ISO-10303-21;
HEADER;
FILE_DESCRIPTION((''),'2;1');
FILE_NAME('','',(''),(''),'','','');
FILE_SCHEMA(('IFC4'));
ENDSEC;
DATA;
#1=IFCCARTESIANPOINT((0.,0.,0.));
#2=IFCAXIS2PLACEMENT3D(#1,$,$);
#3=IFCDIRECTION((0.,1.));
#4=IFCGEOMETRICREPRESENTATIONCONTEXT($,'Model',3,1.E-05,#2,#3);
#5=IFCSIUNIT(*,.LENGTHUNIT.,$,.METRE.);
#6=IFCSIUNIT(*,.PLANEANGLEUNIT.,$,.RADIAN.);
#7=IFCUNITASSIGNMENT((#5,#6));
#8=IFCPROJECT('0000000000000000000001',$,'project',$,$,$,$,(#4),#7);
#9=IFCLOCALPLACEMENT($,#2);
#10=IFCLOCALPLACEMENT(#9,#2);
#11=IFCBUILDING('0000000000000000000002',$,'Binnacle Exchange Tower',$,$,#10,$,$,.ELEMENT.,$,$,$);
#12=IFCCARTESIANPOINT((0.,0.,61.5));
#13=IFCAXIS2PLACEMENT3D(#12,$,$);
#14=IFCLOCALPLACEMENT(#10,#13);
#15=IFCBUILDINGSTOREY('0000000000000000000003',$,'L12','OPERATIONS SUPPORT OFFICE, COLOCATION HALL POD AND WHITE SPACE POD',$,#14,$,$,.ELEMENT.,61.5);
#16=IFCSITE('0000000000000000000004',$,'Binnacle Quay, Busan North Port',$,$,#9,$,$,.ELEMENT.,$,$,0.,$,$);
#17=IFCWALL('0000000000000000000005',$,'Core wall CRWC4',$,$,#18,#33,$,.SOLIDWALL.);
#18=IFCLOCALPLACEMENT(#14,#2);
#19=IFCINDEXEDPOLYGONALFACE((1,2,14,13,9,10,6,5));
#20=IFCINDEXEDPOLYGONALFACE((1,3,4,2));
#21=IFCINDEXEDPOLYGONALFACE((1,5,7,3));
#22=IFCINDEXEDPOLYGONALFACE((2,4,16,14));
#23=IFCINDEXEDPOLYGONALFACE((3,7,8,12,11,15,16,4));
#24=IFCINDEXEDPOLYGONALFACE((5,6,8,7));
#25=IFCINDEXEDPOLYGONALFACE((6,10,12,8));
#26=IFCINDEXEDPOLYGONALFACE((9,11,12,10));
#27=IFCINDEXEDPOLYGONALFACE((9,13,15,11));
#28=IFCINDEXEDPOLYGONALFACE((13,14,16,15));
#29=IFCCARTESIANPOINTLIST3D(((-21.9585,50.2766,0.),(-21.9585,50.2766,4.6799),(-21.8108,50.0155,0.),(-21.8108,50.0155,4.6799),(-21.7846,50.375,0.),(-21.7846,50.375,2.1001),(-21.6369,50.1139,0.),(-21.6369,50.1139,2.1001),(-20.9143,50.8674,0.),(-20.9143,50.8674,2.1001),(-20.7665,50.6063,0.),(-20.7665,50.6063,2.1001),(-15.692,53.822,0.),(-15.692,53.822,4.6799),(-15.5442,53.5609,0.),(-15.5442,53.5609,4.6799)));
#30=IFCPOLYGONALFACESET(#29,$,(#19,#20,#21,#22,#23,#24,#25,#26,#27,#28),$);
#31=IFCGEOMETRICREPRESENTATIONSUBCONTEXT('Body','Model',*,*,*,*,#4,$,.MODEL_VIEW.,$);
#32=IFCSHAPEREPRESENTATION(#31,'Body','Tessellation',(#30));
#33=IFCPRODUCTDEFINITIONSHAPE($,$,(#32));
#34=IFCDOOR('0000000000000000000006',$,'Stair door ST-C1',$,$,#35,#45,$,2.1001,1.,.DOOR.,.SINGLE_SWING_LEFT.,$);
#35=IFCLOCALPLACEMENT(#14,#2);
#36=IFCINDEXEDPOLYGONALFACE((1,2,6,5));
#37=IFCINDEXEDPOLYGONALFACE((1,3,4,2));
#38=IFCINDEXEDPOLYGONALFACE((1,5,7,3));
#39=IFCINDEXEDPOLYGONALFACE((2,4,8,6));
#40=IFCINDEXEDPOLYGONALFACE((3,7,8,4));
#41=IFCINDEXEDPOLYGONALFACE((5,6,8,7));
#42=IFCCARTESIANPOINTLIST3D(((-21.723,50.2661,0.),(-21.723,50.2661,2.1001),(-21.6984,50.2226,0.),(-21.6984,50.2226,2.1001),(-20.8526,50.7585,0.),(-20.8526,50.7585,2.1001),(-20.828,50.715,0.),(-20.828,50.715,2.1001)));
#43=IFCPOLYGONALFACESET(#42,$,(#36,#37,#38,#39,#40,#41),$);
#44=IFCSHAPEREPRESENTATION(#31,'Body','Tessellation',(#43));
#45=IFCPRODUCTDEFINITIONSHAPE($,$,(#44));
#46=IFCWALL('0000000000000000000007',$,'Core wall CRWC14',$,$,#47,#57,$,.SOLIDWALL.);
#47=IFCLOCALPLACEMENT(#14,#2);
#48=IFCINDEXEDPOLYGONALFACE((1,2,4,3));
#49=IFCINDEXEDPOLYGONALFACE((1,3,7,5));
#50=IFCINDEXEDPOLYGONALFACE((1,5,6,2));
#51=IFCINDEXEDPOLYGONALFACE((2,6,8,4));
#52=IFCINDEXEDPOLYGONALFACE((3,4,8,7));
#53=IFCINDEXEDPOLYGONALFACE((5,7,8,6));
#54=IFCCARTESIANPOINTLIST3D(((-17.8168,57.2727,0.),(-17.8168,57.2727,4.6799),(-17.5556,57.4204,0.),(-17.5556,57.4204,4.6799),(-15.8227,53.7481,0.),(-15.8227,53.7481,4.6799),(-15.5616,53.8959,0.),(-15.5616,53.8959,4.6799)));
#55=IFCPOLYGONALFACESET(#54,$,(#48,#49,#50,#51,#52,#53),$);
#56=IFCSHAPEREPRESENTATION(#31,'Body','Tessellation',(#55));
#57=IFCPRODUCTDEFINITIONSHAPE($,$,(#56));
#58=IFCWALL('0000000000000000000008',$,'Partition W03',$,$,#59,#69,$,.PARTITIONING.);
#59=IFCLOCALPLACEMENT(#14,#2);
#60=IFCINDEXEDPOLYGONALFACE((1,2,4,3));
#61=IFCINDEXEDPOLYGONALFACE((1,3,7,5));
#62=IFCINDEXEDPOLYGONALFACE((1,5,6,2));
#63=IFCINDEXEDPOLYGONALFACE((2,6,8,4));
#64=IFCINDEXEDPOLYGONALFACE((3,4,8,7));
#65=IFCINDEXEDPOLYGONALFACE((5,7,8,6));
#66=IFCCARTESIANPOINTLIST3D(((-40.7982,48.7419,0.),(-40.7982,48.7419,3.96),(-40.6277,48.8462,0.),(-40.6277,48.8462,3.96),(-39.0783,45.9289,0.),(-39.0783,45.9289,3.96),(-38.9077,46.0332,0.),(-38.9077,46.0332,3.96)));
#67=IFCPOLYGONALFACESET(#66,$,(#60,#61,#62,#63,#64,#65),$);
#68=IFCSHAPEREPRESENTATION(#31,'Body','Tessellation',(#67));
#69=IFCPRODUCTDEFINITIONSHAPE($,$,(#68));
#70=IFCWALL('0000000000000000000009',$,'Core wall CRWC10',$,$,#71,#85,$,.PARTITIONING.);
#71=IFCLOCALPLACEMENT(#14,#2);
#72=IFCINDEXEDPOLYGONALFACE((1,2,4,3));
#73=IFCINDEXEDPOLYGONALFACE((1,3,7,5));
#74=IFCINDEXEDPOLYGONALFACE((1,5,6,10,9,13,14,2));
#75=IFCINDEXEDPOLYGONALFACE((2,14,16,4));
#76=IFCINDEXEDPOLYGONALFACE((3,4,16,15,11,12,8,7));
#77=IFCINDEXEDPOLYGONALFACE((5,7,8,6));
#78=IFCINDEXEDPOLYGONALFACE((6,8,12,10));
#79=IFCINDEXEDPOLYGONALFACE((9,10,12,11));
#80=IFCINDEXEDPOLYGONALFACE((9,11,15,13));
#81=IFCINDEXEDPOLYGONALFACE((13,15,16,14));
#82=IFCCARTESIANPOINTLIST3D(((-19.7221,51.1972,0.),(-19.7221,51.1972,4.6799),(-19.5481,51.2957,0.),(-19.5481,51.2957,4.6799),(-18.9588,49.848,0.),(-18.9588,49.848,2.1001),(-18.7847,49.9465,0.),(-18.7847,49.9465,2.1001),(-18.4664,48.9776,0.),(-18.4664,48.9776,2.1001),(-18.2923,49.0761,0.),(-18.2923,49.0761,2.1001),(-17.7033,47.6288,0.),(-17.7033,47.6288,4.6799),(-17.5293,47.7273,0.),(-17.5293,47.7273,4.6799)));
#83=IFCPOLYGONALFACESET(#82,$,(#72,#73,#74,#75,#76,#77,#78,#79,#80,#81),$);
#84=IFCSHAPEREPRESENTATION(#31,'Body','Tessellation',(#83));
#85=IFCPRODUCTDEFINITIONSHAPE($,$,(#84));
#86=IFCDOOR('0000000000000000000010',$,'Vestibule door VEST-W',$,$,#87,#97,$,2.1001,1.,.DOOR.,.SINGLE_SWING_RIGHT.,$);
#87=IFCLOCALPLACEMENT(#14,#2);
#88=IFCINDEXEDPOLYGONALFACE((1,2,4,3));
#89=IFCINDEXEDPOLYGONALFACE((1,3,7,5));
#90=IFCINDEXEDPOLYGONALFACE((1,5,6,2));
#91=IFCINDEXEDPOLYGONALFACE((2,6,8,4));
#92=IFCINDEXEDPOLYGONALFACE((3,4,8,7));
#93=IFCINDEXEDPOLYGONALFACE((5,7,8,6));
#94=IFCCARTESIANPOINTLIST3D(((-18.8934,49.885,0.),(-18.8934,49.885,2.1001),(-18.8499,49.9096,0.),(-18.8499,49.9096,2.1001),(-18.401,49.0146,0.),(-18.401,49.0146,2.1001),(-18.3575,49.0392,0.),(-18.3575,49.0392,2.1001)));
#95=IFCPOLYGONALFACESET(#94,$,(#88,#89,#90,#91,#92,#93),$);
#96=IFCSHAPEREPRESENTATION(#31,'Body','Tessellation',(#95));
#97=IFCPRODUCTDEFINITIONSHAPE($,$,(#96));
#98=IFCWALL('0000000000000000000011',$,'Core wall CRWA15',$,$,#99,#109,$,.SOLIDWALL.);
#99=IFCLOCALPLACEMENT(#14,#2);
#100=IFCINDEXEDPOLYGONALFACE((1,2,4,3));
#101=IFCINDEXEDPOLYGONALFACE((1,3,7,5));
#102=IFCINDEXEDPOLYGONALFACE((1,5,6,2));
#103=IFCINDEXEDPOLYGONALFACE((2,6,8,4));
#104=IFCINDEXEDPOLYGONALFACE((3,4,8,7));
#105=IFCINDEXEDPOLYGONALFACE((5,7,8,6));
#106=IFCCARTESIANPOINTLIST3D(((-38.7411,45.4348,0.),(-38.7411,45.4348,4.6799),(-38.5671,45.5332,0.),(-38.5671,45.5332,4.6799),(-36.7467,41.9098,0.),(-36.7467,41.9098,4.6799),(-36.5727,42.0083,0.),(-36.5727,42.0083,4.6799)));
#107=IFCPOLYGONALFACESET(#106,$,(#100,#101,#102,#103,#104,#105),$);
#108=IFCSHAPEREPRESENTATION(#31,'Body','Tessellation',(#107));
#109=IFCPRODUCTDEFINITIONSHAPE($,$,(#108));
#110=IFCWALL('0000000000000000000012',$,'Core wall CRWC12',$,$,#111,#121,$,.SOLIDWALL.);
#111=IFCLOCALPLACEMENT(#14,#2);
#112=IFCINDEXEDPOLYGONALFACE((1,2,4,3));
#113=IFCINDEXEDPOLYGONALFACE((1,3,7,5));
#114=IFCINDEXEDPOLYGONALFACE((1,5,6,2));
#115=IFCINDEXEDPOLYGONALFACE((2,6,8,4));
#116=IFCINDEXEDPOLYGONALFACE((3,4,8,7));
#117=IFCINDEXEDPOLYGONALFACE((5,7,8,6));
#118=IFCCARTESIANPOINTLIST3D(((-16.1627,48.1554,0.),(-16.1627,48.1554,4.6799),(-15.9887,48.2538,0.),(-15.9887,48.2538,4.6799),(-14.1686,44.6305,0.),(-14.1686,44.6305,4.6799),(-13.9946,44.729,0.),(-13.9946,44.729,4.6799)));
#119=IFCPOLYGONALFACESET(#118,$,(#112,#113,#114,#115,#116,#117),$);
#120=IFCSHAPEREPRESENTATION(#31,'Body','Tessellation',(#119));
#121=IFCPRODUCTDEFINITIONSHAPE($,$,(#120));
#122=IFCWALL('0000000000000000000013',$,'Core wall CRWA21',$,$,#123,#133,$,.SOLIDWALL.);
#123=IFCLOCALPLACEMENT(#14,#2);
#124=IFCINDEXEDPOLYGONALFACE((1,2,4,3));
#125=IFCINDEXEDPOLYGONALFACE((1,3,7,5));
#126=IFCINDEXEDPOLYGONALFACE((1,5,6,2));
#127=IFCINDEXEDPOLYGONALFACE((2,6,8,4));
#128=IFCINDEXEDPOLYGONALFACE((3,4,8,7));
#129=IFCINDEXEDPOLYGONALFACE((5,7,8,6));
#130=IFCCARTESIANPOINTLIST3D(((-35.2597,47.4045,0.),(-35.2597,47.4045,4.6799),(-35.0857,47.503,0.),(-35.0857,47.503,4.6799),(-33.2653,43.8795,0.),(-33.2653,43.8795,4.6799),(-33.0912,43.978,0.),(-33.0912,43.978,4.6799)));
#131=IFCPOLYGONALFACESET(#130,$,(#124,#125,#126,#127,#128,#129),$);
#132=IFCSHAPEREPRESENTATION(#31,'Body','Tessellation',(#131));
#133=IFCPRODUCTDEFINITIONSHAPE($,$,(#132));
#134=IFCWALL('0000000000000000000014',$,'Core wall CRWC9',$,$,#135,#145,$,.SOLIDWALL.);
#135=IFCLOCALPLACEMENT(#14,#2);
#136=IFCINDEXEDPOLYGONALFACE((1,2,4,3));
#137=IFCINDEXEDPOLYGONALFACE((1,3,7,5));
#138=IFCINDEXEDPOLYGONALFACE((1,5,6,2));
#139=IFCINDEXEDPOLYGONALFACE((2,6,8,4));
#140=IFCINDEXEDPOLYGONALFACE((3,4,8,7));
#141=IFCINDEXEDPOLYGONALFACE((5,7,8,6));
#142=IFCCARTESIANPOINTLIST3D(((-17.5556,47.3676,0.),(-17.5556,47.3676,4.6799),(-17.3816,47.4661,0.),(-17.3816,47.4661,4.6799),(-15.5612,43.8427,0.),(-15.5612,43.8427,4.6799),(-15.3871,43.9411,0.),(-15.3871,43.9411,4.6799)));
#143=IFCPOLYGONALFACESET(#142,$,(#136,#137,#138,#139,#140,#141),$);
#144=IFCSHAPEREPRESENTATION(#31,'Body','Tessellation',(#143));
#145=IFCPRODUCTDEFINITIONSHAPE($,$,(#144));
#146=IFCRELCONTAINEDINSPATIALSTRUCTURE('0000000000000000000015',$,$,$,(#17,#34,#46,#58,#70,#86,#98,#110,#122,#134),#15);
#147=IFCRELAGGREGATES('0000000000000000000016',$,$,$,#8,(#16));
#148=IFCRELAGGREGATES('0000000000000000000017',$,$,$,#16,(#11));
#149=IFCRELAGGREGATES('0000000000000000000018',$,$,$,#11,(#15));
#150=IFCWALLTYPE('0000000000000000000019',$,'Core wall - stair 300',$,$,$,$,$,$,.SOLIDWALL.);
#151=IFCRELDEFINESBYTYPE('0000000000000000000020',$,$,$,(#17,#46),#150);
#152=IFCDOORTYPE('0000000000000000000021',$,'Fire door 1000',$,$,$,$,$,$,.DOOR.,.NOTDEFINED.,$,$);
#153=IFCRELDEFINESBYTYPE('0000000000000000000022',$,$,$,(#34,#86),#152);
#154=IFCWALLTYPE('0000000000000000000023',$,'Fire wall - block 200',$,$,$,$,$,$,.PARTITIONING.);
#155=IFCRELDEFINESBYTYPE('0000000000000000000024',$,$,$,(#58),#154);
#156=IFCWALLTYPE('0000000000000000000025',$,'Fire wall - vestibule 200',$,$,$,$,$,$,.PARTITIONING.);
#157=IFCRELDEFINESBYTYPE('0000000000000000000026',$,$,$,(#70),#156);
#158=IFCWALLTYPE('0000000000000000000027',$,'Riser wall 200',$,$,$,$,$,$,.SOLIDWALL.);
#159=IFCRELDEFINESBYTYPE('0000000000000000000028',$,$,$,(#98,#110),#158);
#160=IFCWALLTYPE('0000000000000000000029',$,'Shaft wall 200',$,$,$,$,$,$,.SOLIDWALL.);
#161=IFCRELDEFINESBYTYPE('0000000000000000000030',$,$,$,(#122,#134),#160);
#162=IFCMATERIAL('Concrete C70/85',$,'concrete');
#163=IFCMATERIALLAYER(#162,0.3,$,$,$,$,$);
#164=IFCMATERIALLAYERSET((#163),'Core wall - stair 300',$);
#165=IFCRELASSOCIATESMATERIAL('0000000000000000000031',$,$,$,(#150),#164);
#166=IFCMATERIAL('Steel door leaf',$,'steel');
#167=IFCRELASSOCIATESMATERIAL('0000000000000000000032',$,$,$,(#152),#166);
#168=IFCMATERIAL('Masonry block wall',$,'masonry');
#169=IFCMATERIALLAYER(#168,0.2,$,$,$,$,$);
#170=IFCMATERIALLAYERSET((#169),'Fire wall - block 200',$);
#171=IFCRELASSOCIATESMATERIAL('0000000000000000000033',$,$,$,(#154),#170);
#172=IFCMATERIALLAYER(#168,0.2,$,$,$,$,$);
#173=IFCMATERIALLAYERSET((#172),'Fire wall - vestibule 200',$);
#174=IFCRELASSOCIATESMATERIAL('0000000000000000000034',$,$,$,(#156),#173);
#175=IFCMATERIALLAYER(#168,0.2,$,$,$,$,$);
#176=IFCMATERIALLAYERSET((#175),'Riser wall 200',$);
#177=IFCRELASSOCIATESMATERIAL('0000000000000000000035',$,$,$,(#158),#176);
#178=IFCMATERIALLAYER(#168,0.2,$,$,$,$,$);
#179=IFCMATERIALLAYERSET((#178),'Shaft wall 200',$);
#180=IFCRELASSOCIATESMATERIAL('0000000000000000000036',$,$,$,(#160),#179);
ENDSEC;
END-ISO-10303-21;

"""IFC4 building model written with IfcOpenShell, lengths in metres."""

from ifc_helpers import new_model, si_unit, direction, frame, frame_2d, origin, place, context, subcontext, project, spatial, rectangle, extrude, material, layer, layer_set, type_object, element, fill, save


model = new_model("IFC4")

# Units and contexts
model_context = context("Model", 3, precision=1e-05, world=origin(), true_north=direction((0.0, 1.0)))
body_context = subcontext(model_context, "Body", "Model", "MODEL_VIEW")
ifc_project = project(units=[si_unit("LENGTHUNIT", "METRE"), si_unit("PLANEANGLEUNIT", "RADIAN")], contexts=[model_context])

# Site, building, storey
site_placement = place(None, origin())
site = spatial("IfcSite", under=ifc_project, at=site_placement, Name="Binnacle Quay, Busan North Port", CompositionType="ELEMENT", RefElevation=0.0)
building_placement = place(site_placement, origin())
building = spatial("IfcBuilding", under=site, at=building_placement, Name="Binnacle Exchange Tower", CompositionType="ELEMENT")
storey_placement = place(building_placement, frame((0.0, 0.0, 61.5)))
storey = spatial("IfcBuildingStorey", under=building, at=storey_placement, Name="L12", Description="OPERATIONS SUPPORT OFFICE, COLOCATION HALL POD AND WHITE SPACE POD", CompositionType="ELEMENT", Elevation=61.5)

# Shared definitions
ifc_material_1 = material(Name="Concrete C70/85", Category="concrete")

# Shared definitions
ifc_material_2 = material(Name="Steel door leaf", Category="steel")

# Wall, opening, door
ifc_layer_1 = layer(ifc_material_1, 0.3)
ifc_layer_set_1 = layer_set([ifc_layer_1], Name="Core wall - stair 300")
wall_type_1 = type_object("IfcWallType", Name="Core wall - stair 300", PredefinedType="SOLIDWALL", material=ifc_layer_set_1)
wall_1_placement = place(storey_placement, frame((-21.8848, 50.146, 0.0), z_axis=(0.0, 0.0, 1.0), x_axis=(0.870359, 0.492417, 0.0)))
wall_1 = element("IfcWall", 1, at=wall_1_placement, inside=storey, type_object=wall_type_1, Name="Core wall CRWC4", PredefinedType="SOLIDWALL", context=body_context, shape_type="SweptSolid", body=[
    extrude(rectangle(XDim=7.2, YDim=0.3, at=frame_2d((3.6001, 0.0))), origin(), (0.0, 0.0, 1.0), 4.6799),
])
opening_1_placement = place(wall_1_placement, frame((0.2, 0.0, 0.0)))
opening_1 = element("IfcOpeningElement", 2, at=opening_1_placement, cuts=wall_1, PredefinedType="OPENING", context=body_context, shape_type="SweptSolid", body=[
    extrude(rectangle(XDim=1.0, YDim=2.1001, at=frame_2d((0.5, 1.05))), frame((0.0, 0.1599, 0.0), z_axis=(0.0, -1.0, 0.0), x_axis=(1.0, 0.0, 0.0)), (0.0, 0.0, 1.0), 0.3201),
])
door_type_1 = type_object("IfcDoorType", Name="Fire door 1000", OperationType="NOTDEFINED", PredefinedType="DOOR", material=ifc_material_2)
door_1_placement = place(opening_1_placement, origin())
door_1 = element("IfcDoor", 3, at=door_1_placement, inside=storey, type_object=door_type_1, Name="Stair door ST-C1", OperationType="SINGLE_SWING_LEFT", OverallHeight=2.1001, OverallWidth=1.0, PredefinedType="DOOR", context=body_context, shape_type="SweptSolid", body=[
    extrude(rectangle(XDim=1.0, YDim=2.1001, at=frame_2d((0.5, 1.05))), frame((0.0, 0.0249, 0.0), z_axis=(0.0, -1.0, 0.0), x_axis=(1.0, 0.0, 0.0)), (0.0, 0.0, 1.0), 0.05),
])
fill(opening_1, door_1)

# Walls
wall_2_placement = place(storey_placement, frame((-17.6863, 57.3467, 0.0), z_axis=(0.0, 0.0, 1.0), x_axis=(0.492421, -0.870357, 0.0)))
element("IfcWall", 4, at=wall_2_placement, inside=storey, type_object=wall_type_1, Name="Core wall CRWC14", PredefinedType="SOLIDWALL", context=body_context, shape_type="SweptSolid", body=[
    extrude(rectangle(XDim=4.0496, YDim=0.3, at=frame_2d((2.0249, 0.0))), origin(), (0.0, 0.0, 1.0), 4.6799),
])
ifc_material_3 = material(Name="Masonry block wall", Category="masonry")
ifc_layer_2 = layer(ifc_material_3, 0.2)
ifc_layer_set_2 = layer_set([ifc_layer_2], Name="Fire wall - block 200")
wall_type_2 = type_object("IfcWallType", Name="Fire wall - block 200", PredefinedType="PARTITIONING", material=ifc_layer_set_2)
wall_3_placement = place(storey_placement, frame((-40.7129, 48.7939, 0.0), z_axis=(0.0, 0.0, 1.0), x_axis=(0.521654, -0.853157, 0.0)))
element("IfcWall", 5, at=wall_3_placement, inside=storey, type_object=wall_type_2, Name="Partition W03", PredefinedType="PARTITIONING", context=body_context, shape_type="SweptSolid", body=[
    extrude(rectangle(XDim=3.2971, YDim=0.2, at=frame_2d((1.6484, 0.0))), origin(), (0.0, 0.0, 1.0), 3.96),
])

# Wall, opening, door
ifc_layer_3 = layer(ifc_material_3, 0.2)
ifc_layer_set_3 = layer_set([ifc_layer_3], Name="Fire wall - vestibule 200")
wall_type_3 = type_object("IfcWallType", Name="Fire wall - vestibule 200", PredefinedType="PARTITIONING", material=ifc_layer_set_3)
wall_4_placement = place(storey_placement, frame((-19.635, 51.2463, 0.0), z_axis=(0.0, 0.0, 1.0), x_axis=(0.492408, -0.870364, 0.0)))
wall_4 = element("IfcWall", 6, at=wall_4_placement, inside=storey, type_object=wall_type_3, Name="Core wall CRWC10", PredefinedType="PARTITIONING", context=body_context, shape_type="SweptSolid", body=[
    extrude(rectangle(XDim=4.0999, YDim=0.2, at=frame_2d((2.0498, 0.0))), origin(), (0.0, 0.0, 1.0), 4.6799),
])
opening_2_placement = place(wall_4_placement, frame((1.55, 0.0, 0.0)))
opening_2 = element("IfcOpeningElement", 7, at=opening_2_placement, cuts=wall_4, PredefinedType="OPENING", context=body_context, shape_type="SweptSolid", body=[
    extrude(rectangle(XDim=1.0, YDim=2.1001, at=frame_2d((0.5, 1.05))), frame((0.0, 0.1099, 0.0), z_axis=(0.0, -1.0, 0.0), x_axis=(1.0, 0.0, 0.0)), (0.0, 0.0, 1.0), 0.22),
])
door_2_placement = place(opening_2_placement, frame((1.0, 0.0, 0.0), z_axis=(0.0, 0.0, 1.0), x_axis=(-1.0, 0.0, 0.0)))
door_2 = element("IfcDoor", 8, at=door_2_placement, inside=storey, type_object=door_type_1, Name="Vestibule door VEST-W", OperationType="SINGLE_SWING_RIGHT", OverallHeight=2.1001, OverallWidth=1.0, PredefinedType="DOOR", context=body_context, shape_type="SweptSolid", body=[
    extrude(rectangle(XDim=1.0, YDim=2.1001, at=frame_2d((0.5, 1.05))), frame((0.0, 0.0249, 0.0), z_axis=(0.0, -1.0, 0.0), x_axis=(1.0, 0.0, 0.0)), (0.0, 0.0, 1.0), 0.05),
])
fill(opening_2, door_2)

# Walls
ifc_layer_4 = layer(ifc_material_3, 0.2)
ifc_layer_set_4 = layer_set([ifc_layer_4], Name="Riser wall 200")
wall_type_4 = type_object("IfcWallType", Name="Riser wall 200", PredefinedType="SOLIDWALL", material=ifc_layer_set_4)
wall_5_placement = place(storey_placement, frame((-38.6541, 45.4839, 0.0), z_axis=(0.0, 0.0, 1.0), x_axis=(0.492441, -0.870346, 0.0)))
element("IfcWall", 9, at=wall_5_placement, inside=storey, type_object=wall_type_4, Name="Core wall CRWA15", PredefinedType="SOLIDWALL", context=body_context, shape_type="SweptSolid", body=[
    extrude(rectangle(XDim=4.05, YDim=0.2, at=frame_2d((2.0249, 0.0))), origin(), (0.0, 0.0, 1.0), 4.6799),
])
wall_6_placement = place(storey_placement, frame((-16.0757, 48.2046, 0.0), z_axis=(0.0, 0.0, 1.0), x_axis=(0.492395, -0.870372, 0.0)))
element("IfcWall", 10, at=wall_6_placement, inside=storey, type_object=wall_type_4, Name="Core wall CRWC12", PredefinedType="SOLIDWALL", context=body_context, shape_type="SweptSolid", body=[
    extrude(rectangle(XDim=4.0498, YDim=0.2, at=frame_2d((2.0249, 0.0))), origin(), (0.0, 0.0, 1.0), 4.6799),
])
ifc_layer_5 = layer(ifc_material_3, 0.2)
ifc_layer_set_5 = layer_set([ifc_layer_5], Name="Shaft wall 200")
wall_type_5 = type_object("IfcWallType", Name="Shaft wall 200", PredefinedType="SOLIDWALL", material=ifc_layer_set_5)
for number, where, z_axis, x_axis, name in (
    (11, (-35.1726, 47.4536, 0.0), (0.0, 0.0, 1.0), (0.492441, -0.870346, 0.0), "Core wall CRWA21"),
    (12, (-17.4685, 47.4167, 0.0), (0.0, 0.0, 1.0), (0.492441, -0.870346, 0.0), "Core wall CRWC9"),
):
    element("IfcWall", number, at=place(storey_placement, frame(where, z_axis=z_axis, x_axis=x_axis)), inside=storey, type_object=wall_type_5, Name=name, PredefinedType="SOLIDWALL", context=body_context, shape_type="SweptSolid", body=[
        extrude(rectangle(XDim=4.05, YDim=0.2, at=frame_2d((2.0249, 0.0))), origin(), (0.0, 0.0, 1.0), 4.6799),
    ])

save(model, "model.ifc")
